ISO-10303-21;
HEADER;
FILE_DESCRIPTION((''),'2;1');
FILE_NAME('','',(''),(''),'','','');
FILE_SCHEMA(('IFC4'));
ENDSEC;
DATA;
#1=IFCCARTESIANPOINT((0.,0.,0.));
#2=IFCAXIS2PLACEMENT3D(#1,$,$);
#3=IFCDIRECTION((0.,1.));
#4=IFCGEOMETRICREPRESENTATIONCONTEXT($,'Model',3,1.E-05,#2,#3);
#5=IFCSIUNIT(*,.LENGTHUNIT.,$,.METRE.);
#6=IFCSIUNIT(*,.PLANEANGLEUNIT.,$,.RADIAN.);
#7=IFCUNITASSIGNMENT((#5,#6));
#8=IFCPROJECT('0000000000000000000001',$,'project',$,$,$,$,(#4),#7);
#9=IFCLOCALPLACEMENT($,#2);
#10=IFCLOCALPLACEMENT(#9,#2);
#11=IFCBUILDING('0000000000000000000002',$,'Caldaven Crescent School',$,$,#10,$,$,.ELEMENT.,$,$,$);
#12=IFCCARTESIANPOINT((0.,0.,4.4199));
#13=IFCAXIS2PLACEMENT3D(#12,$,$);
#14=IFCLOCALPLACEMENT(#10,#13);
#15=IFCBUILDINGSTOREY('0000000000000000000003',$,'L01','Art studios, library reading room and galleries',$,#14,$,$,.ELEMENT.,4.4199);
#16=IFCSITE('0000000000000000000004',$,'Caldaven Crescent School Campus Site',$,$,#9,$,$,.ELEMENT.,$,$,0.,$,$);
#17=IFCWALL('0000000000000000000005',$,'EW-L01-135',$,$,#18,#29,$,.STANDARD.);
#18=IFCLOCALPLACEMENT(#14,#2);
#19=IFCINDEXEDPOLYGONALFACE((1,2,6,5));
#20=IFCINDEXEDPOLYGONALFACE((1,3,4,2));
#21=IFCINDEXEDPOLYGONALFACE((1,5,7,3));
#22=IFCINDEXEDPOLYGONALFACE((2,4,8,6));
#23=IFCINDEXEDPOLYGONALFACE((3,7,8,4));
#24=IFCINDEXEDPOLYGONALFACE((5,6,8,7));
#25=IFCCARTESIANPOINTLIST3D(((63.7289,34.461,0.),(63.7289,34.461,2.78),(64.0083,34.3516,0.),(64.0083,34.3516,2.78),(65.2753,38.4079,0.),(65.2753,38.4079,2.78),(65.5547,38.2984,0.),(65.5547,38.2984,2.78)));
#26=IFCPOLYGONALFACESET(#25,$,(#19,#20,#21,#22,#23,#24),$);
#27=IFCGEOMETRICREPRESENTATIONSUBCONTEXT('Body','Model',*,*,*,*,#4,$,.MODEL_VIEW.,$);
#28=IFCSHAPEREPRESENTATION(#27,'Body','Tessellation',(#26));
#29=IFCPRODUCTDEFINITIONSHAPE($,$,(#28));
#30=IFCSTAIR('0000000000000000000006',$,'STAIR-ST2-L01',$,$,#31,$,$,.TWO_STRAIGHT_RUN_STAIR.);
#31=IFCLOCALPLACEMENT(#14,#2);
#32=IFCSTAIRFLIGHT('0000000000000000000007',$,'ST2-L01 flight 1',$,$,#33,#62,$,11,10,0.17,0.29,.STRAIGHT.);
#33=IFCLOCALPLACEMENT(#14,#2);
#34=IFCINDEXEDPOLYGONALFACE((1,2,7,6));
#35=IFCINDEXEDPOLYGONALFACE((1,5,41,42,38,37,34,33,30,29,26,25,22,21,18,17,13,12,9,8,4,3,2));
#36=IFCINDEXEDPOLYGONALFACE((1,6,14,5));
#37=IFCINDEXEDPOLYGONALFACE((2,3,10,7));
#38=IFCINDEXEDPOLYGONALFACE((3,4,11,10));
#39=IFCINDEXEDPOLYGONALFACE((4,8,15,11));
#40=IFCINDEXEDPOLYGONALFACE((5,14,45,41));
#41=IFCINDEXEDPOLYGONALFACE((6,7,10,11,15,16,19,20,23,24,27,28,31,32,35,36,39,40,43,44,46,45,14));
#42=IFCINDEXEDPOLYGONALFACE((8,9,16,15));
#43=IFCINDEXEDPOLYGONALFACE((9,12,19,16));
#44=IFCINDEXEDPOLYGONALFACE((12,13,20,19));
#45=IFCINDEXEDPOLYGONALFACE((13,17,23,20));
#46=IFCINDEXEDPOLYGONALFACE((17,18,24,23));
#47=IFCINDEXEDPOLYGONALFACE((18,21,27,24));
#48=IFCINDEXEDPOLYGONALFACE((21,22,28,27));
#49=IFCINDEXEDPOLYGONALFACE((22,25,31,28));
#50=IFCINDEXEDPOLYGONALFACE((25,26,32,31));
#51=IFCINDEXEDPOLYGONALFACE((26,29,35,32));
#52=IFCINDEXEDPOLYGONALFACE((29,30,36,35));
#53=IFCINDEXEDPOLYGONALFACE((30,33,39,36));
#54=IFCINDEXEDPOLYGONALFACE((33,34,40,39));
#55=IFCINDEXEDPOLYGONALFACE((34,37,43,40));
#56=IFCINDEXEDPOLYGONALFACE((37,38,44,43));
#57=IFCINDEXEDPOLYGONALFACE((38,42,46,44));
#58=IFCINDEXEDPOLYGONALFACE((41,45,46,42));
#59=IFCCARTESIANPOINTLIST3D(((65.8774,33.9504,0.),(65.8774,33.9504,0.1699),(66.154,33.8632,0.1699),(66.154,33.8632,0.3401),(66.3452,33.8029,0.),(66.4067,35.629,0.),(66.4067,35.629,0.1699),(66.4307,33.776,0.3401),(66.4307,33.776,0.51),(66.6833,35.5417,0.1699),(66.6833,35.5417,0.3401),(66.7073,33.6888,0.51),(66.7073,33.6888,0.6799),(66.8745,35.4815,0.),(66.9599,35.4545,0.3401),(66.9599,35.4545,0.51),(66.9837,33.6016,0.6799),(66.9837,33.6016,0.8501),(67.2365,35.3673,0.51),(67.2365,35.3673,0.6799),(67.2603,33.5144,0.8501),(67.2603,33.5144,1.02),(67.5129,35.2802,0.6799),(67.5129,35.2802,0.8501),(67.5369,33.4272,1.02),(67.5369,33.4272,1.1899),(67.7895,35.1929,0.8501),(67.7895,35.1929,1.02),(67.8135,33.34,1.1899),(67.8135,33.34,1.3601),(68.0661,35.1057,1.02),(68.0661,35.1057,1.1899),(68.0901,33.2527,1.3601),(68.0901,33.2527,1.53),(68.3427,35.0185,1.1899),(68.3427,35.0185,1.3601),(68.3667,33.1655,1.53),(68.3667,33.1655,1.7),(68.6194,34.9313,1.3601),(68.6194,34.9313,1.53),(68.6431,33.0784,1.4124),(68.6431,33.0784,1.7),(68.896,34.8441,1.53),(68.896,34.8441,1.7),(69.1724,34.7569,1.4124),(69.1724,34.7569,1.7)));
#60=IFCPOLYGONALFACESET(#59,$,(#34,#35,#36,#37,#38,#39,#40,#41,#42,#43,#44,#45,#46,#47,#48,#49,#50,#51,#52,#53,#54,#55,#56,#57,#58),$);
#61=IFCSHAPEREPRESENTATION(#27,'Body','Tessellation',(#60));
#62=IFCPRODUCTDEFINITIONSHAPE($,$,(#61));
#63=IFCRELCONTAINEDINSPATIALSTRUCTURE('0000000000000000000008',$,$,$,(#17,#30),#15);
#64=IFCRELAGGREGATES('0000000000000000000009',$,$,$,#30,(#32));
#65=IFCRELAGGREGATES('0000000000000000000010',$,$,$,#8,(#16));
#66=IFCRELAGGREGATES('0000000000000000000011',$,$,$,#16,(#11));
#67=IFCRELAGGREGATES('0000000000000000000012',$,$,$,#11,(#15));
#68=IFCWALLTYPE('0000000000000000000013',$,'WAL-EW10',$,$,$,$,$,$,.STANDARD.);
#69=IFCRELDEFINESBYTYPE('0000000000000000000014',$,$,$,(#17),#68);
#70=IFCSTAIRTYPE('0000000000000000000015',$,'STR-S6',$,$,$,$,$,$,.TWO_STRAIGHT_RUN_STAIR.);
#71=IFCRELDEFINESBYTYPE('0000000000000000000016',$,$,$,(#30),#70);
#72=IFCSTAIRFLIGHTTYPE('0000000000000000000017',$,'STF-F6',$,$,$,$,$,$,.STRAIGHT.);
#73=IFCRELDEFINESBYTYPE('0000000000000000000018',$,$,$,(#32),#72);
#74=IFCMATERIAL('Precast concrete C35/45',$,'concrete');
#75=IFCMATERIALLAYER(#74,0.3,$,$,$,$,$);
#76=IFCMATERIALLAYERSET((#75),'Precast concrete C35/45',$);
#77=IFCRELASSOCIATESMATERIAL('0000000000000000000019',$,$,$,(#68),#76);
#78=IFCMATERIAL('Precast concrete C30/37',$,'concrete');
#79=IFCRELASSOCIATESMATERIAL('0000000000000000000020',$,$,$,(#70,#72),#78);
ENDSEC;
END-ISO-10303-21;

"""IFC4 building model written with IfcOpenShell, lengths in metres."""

from ifc_helpers import new_model, si_unit, direction, frame, frame_2d, origin, place, context, subcontext, project, spatial, polyline, rectangle, outline, extrude, material, layer, layer_set, type_object, element, aggregate, save


model = new_model("IFC4")

# Units and contexts
model_context = context("Model", 3, precision=1e-05, world=origin(), true_north=direction((0.0, 1.0)))
body_context = subcontext(model_context, "Body", "Model", "MODEL_VIEW")
ifc_project = project(units=[si_unit("LENGTHUNIT", "METRE"), si_unit("PLANEANGLEUNIT", "RADIAN")], contexts=[model_context])

# Site, building, storey
site_placement = place(None, origin())
site = spatial("IfcSite", under=ifc_project, at=site_placement, Name="Caldaven Crescent School Campus Site", CompositionType="ELEMENT", RefElevation=0.0)
building_placement = place(site_placement, origin())
building = spatial("IfcBuilding", under=site, at=building_placement, Name="Caldaven Crescent School", CompositionType="ELEMENT")
storey_placement = place(building_placement, frame((0.0, 0.0, 4.4199)))
storey = spatial("IfcBuildingStorey", under=building, at=storey_placement, Name="L01", Description="Art studios, library reading room and galleries", CompositionType="ELEMENT", Elevation=4.4199)

# Wall
ifc_material_1 = material(Name="Precast concrete C35/45", Category="concrete")
ifc_layer_1 = layer(ifc_material_1, 0.3)
ifc_layer_set_1 = layer_set([ifc_layer_1], Name="Precast concrete C35/45")
wall_type_1 = type_object("IfcWallType", Name="WAL-EW10", PredefinedType="STANDARD", material=ifc_layer_set_1)
wall_1_placement = place(storey_placement, frame((65.415, 38.3533, 0.0), z_axis=(0.0, 0.0, 1.0), x_axis=(-0.364808, -0.931083, 0.0)))
element("IfcWall", 1, at=wall_1_placement, inside=storey, type_object=wall_type_1, Name="EW-L01-135", PredefinedType="STANDARD", context=body_context, shape_type="SweptSolid", body=[
    extrude(rectangle(XDim=4.239, YDim=0.3, at=frame_2d((2.1196, 0.0))), origin(), (0.0, 0.0, 1.0), 2.78),
])

# Stair, stair flight
ifc_material_2 = material(Name="Precast concrete C30/37", Category="concrete")
stair_type = type_object("IfcStairType", Name="STR-S6", PredefinedType="TWO_STRAIGHT_RUN_STAIR", material=ifc_material_2)
stair_placement = place(storey_placement, origin())
stair = element("IfcStair", 2, at=stair_placement, inside=storey, type_object=stair_type, Name="STAIR-ST2-L01", PredefinedType="TWO_STRAIGHT_RUN_STAIR")
stair_flight_type = type_object("IfcStairFlightType", Name="STF-F6", PredefinedType="STRAIGHT", material=ifc_material_2)
stair_flight_placement = place(storey_placement, frame((66.1421, 34.7898, 0.0), z_axis=(0.0, 0.0, 1.0), x_axis=(0.953717, -0.300706, 0.0)))
stair_flight = element("IfcStairFlight", 3, at=stair_flight_placement, type_object=stair_flight_type, Name="ST2-L01 flight 1", NumberOfRisers=11, NumberOfTreads=10, PredefinedType="STRAIGHT", RiserHeight=0.17, TreadLength=0.29, context=body_context, shape_type="SweptSolid", body=[
    extrude(outline(polyline([(0.0, 0.0), (0.0, 0.1699), (0.29, 0.1699), (0.29, 0.3401), (0.5801, 0.3401), (0.5801, 0.51), (0.8701, 0.51), (0.8701, 0.6799), (1.1599, 0.6799), (1.1599, 0.8501), (1.45, 0.8501), (1.45, 1.02), (1.74, 1.02), (1.74, 1.1899), (2.03, 1.1899), (2.03, 1.3601), (2.3201, 1.3601), (2.3201, 1.53), (2.6101, 1.53), (2.6101, 1.7), (2.8999, 1.7), (2.8999, 1.8701), (2.8999, 1.4124), (0.4905, 0.0), (0.0, 0.0)])), frame((0.0, 0.8799, 0.0), z_axis=(0.0, -1.0, 0.0), x_axis=(1.0, 0.0, 0.0)), (0.0, 0.0, 1.0), 1.76),
])
aggregate(stair, [stair_flight])

save(model, "model.ifc")
